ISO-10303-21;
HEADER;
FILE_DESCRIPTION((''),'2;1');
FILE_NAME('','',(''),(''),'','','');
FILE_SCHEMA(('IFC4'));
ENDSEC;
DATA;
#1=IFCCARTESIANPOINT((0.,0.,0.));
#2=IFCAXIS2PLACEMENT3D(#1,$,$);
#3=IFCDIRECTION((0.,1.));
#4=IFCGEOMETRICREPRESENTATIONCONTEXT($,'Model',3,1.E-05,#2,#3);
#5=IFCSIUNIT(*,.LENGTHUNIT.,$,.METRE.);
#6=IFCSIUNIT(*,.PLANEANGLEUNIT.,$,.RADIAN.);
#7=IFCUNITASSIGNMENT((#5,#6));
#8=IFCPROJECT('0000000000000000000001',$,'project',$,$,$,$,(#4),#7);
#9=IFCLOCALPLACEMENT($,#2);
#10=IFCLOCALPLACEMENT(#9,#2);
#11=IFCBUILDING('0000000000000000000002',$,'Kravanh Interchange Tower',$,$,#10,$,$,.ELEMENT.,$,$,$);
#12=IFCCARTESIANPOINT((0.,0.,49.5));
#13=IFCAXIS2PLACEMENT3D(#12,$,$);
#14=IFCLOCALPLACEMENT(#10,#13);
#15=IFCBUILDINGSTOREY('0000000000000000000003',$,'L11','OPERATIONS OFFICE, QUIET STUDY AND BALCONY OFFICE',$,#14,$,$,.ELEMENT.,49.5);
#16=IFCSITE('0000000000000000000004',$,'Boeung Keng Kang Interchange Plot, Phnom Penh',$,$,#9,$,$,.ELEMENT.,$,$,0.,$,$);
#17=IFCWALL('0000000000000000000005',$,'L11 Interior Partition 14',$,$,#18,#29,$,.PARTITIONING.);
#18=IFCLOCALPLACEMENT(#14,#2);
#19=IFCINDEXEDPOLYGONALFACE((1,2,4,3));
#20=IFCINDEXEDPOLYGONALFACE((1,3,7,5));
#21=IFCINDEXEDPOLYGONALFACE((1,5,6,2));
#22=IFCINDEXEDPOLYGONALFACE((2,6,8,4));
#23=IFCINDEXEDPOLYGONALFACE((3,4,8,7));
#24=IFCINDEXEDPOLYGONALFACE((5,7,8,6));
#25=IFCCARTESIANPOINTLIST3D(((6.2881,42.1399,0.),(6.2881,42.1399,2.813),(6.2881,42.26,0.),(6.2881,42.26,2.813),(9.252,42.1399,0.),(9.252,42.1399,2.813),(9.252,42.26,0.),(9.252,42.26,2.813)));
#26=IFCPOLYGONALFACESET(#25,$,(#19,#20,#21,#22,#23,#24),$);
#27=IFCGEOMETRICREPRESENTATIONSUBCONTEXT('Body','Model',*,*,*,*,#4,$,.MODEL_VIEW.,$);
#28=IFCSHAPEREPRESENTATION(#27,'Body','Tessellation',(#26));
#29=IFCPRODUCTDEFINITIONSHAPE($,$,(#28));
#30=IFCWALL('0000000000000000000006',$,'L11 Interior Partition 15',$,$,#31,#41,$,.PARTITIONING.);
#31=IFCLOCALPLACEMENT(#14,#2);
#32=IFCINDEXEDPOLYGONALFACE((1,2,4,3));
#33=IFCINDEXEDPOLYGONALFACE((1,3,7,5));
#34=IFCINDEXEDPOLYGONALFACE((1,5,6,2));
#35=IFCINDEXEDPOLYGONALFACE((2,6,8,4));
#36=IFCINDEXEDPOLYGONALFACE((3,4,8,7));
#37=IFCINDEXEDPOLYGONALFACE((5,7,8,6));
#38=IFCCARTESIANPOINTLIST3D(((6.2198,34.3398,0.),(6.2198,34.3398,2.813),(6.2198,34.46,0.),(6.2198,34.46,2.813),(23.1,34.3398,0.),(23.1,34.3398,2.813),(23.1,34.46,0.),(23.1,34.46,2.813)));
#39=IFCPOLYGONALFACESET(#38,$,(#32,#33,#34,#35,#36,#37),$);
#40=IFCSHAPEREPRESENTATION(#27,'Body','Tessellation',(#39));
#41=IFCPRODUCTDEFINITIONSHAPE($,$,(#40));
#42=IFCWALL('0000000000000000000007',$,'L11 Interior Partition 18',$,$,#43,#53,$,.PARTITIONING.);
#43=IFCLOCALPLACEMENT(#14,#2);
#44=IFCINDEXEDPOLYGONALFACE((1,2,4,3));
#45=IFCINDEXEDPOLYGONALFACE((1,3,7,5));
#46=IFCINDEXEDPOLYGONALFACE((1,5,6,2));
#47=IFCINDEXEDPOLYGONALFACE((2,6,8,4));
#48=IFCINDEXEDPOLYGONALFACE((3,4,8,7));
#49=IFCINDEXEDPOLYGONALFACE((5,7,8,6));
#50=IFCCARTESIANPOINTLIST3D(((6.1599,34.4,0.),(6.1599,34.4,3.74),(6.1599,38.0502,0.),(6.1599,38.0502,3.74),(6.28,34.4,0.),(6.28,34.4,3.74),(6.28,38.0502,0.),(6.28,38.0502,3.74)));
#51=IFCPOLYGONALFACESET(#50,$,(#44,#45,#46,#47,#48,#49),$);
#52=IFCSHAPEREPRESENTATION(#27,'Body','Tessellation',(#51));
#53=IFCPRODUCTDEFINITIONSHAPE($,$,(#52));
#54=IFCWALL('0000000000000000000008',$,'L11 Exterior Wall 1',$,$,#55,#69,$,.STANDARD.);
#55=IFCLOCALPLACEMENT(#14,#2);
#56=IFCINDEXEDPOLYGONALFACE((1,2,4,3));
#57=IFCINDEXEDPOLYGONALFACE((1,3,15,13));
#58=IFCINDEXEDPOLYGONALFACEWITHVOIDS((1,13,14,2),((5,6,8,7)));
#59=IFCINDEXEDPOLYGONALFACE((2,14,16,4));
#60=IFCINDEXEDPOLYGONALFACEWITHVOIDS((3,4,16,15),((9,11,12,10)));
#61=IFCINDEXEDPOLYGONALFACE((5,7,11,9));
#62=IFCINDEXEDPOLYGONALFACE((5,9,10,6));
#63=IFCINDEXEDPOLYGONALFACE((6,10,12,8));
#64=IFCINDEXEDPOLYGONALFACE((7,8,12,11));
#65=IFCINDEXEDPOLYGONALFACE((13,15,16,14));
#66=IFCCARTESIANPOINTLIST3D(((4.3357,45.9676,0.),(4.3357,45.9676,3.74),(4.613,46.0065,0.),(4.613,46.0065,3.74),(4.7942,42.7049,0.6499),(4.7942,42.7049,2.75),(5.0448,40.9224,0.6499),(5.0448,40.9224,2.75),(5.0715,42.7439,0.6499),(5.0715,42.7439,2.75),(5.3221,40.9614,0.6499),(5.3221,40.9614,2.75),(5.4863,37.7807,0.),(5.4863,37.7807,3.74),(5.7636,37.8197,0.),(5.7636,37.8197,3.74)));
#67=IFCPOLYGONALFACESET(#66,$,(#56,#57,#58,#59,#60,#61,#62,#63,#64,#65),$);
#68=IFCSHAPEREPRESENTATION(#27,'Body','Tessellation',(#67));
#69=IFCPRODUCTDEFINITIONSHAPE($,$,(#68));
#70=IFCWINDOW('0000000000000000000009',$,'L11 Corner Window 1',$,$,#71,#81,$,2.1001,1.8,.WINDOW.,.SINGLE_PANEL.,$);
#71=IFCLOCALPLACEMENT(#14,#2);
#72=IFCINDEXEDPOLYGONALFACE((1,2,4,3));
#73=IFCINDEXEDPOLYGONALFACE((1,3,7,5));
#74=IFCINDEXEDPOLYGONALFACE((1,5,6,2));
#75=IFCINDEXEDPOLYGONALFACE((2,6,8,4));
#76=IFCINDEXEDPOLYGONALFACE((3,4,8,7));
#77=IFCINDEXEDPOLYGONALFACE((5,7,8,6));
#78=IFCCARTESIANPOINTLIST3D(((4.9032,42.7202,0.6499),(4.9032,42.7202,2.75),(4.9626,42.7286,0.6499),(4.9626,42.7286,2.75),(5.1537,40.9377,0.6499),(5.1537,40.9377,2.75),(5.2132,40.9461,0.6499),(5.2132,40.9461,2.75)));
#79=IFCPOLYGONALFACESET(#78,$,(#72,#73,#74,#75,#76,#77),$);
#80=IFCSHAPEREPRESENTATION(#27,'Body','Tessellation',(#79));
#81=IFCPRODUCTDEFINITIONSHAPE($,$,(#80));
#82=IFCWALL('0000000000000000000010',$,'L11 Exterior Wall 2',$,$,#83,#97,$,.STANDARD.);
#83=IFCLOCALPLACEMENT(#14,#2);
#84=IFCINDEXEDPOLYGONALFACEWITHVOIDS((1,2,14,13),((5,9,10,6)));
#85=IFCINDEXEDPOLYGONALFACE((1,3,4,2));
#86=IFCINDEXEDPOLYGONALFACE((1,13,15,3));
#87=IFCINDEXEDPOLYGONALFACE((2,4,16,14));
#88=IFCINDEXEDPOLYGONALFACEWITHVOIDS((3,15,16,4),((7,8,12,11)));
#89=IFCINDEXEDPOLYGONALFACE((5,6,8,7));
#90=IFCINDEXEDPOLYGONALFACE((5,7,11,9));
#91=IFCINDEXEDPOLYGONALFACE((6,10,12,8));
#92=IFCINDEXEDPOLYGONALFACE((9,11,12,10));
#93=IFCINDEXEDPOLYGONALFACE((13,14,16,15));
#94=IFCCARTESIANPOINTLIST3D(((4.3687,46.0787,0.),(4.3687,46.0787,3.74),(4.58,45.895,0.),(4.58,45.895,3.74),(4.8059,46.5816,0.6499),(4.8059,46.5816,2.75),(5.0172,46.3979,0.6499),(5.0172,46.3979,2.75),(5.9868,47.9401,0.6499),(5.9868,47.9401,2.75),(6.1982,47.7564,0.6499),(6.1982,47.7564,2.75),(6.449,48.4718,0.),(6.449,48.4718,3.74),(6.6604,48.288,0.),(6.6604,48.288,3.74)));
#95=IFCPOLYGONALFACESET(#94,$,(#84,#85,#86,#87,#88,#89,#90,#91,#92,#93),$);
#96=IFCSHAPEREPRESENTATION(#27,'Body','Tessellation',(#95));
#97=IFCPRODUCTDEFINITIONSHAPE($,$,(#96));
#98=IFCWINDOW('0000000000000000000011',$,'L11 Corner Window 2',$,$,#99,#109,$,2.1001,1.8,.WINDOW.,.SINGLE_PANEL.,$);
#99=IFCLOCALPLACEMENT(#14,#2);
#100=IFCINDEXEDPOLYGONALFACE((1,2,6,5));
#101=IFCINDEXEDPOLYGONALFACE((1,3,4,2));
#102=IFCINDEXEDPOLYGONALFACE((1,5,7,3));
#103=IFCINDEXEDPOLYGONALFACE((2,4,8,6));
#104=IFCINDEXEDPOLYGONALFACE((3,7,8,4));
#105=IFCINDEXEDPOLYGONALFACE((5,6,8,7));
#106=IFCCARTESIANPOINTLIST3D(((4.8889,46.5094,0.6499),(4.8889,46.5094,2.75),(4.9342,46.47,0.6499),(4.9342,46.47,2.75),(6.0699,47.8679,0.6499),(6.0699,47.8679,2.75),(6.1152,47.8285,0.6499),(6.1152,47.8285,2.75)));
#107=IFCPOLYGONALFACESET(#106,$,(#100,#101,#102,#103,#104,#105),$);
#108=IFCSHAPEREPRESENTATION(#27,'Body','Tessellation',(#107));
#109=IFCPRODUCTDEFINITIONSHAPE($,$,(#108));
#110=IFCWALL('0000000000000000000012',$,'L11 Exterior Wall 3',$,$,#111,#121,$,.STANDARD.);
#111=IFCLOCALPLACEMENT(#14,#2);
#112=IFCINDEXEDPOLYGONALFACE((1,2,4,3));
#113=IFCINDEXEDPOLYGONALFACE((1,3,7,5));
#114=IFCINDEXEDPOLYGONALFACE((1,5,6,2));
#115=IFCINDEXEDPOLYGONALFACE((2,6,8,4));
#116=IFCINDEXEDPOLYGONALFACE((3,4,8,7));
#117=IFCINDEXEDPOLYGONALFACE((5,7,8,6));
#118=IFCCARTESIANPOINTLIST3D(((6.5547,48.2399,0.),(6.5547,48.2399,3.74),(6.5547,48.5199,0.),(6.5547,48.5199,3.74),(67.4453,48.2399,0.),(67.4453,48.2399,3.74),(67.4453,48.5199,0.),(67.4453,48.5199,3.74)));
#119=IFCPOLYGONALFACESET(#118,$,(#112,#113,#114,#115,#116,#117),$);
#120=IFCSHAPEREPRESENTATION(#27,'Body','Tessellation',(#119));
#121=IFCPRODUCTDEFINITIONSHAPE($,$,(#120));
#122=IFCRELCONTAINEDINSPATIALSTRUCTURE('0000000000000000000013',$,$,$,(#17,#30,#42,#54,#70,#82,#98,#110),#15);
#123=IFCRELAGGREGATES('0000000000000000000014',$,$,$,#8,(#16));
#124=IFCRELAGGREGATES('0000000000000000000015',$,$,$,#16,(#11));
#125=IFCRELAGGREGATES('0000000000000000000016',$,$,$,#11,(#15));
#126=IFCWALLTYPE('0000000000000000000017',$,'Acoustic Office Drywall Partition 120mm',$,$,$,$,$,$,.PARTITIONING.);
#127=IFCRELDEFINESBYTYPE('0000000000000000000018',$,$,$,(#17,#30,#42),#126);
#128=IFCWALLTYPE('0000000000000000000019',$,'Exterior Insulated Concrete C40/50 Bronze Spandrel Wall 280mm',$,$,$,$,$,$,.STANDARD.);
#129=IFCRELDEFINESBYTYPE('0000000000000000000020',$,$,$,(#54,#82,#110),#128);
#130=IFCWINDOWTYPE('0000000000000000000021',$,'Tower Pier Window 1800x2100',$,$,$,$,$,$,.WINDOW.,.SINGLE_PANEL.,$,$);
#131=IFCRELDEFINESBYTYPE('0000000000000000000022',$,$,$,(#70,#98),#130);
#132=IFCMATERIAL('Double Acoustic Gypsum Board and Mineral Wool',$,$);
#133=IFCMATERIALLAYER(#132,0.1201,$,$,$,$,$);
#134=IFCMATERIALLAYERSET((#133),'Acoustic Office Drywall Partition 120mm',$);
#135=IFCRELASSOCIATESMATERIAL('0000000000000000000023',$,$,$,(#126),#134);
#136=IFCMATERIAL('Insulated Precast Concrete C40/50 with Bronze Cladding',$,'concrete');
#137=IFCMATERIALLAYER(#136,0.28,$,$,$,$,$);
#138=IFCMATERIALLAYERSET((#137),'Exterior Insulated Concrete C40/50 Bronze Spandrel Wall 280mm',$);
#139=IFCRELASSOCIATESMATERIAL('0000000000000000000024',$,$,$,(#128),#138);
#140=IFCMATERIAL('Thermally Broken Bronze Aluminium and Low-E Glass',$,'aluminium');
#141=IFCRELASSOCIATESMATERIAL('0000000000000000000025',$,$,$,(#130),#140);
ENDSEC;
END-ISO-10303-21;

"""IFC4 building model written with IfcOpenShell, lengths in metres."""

from ifc_helpers import new_model, si_unit, direction, frame, frame_2d, origin, place, context, subcontext, project, spatial, rectangle, extrude, material, layer, layer_set, type_object, element, fill, save


model = new_model("IFC4")

# Units and contexts
model_context = context("Model", 3, precision=1e-05, world=origin(), true_north=direction((0.0, 1.0)))
body_context = subcontext(model_context, "Body", "Model", "MODEL_VIEW")
ifc_project = project(units=[si_unit("LENGTHUNIT", "METRE"), si_unit("PLANEANGLEUNIT", "RADIAN")], contexts=[model_context])

# Site, building, storey
site_placement = place(None, origin())
site = spatial("IfcSite", under=ifc_project, at=site_placement, Name="Boeung Keng Kang Interchange Plot, Phnom Penh", CompositionType="ELEMENT", RefElevation=0.0)
building_placement = place(site_placement, origin())
building = spatial("IfcBuilding", under=site, at=building_placement, Name="Kravanh Interchange Tower", CompositionType="ELEMENT")
storey_placement = place(building_placement, frame((0.0, 0.0, 49.5)))
storey = spatial("IfcBuildingStorey", under=building, at=storey_placement, Name="L11", Description="OPERATIONS OFFICE, QUIET STUDY AND BALCONY OFFICE", CompositionType="ELEMENT", Elevation=49.5)

# Shared definitions
ifc_material_1 = material(Name="Double Acoustic Gypsum Board and Mineral Wool")
ifc_layer_1 = layer(ifc_material_1, 0.1201)
ifc_layer_set_1 = layer_set([ifc_layer_1], Name="Acoustic Office Drywall Partition 120mm")
wall_type_1 = type_object("IfcWallType", Name="Acoustic Office Drywall Partition 120mm", PredefinedType="PARTITIONING", material=ifc_layer_set_1)

# Walls
wall_1_placement = place(storey_placement, frame((6.2881, 42.2, 0.0), z_axis=(0.0, 0.0, 1.0), x_axis=(1.0, 0.0, 0.0)))
element("IfcWall", 1, at=wall_1_placement, inside=storey, type_object=wall_type_1, Name="L11 Interior Partition 14", PredefinedType="PARTITIONING", context=body_context, shape_type="SweptSolid", body=[
    extrude(rectangle(XDim=2.9639, YDim=0.1201, at=frame_2d((1.4819, 0.0))), origin(), (0.0, 0.0, 1.0), 2.813),
])
wall_2_placement = place(storey_placement, frame((6.22, 34.3999, 0.0), z_axis=(0.0, 0.0, 1.0), x_axis=(1.0, 0.0, 0.0)))
element("IfcWall", 2, at=wall_2_placement, inside=storey, type_object=wall_type_1, Name="L11 Interior Partition 15", PredefinedType="PARTITIONING", context=body_context, shape_type="SweptSolid", body=[
    extrude(rectangle(XDim=16.8801, YDim=0.1201, at=frame_2d((8.4399, 0.0))), origin(), (0.0, 0.0, 1.0), 2.813),
])
wall_3_placement = place(storey_placement, frame((6.22, 34.3999, 0.0), z_axis=(0.0, 0.0, 1.0), x_axis=(0.0, 1.0, 0.0)))
element("IfcWall", 3, at=wall_3_placement, inside=storey, type_object=wall_type_1, Name="L11 Interior Partition 18", PredefinedType="PARTITIONING", context=body_context, shape_type="SweptSolid", body=[
    extrude(rectangle(XDim=3.6501, YDim=0.1201, at=frame_2d((1.8252, 0.0))), origin(), (0.0, 0.0, 1.0), 3.74),
])

# Walls, openings, windows
ifc_material_2 = material(Name="Insulated Precast Concrete C40/50 with Bronze Cladding", Category="concrete")
ifc_layer_2 = layer(ifc_material_2, 0.28)
ifc_layer_set_2 = layer_set([ifc_layer_2], Name="Exterior Insulated Concrete C40/50 Bronze Spandrel Wall 280mm")
wall_type_2 = type_object("IfcWallType", Name="Exterior Insulated Concrete C40/50 Bronze Spandrel Wall 280mm", PredefinedType="STANDARD", material=ifc_layer_set_2)
wall_4_placement = place(storey_placement, frame((5.625, 37.8, 0.0), z_axis=(0.0, 0.0, 1.0), x_axis=(-0.13918, 0.990267, 0.0)))
wall_4 = element("IfcWall", 4, at=wall_4_placement, inside=storey, type_object=wall_type_2, Name="L11 Exterior Wall 1", PredefinedType="STANDARD", context=body_context, shape_type="SweptSolid", body=[
    extrude(rectangle(XDim=8.2673, YDim=0.28, at=frame_2d((4.1338, 0.0))), origin(), (0.0, 0.0, 1.0), 3.74),
])
opening_1_placement = place(wall_4_placement, frame((3.1729, 0.0, 0.6499)))
opening_1 = element("IfcOpeningElement", 5, at=opening_1_placement, cuts=wall_4, PredefinedType="OPENING", context=body_context, shape_type="SweptSolid", body=[
    extrude(rectangle(XDim=1.8, YDim=2.1001, at=frame_2d((0.8999, 1.05))), frame((0.0, 0.1499, 0.0), z_axis=(0.0, -1.0, 0.0), x_axis=(1.0, 0.0, 0.0)), (0.0, 0.0, 1.0), 0.3),
])
ifc_material_3 = material(Name="Thermally Broken Bronze Aluminium and Low-E Glass", Category="aluminium")
window_type = type_object("IfcWindowType", Name="Tower Pier Window 1800x2100", PartitioningType="SINGLE_PANEL", PredefinedType="WINDOW", material=ifc_material_3)
window_1_placement = place(opening_1_placement, origin())
window_1 = element("IfcWindow", 6, at=window_1_placement, inside=storey, type_object=window_type, Name="L11 Corner Window 1", OverallHeight=2.1001, OverallWidth=1.8, PartitioningType="SINGLE_PANEL", PredefinedType="WINDOW", context=body_context, shape_type="SweptSolid", body=[
    extrude(rectangle(XDim=1.8, YDim=2.1001, at=frame_2d((0.8999, 1.05))), frame((0.0, 0.03, 0.0), z_axis=(0.0, -1.0, 0.0), x_axis=(1.0, 0.0, 0.0)), (0.0, 0.0, 1.0), 0.0601),
])
fill(opening_1, window_1)
wall_5_placement = place(storey_placement, frame((4.4744, 45.9868, 0.0), z_axis=(0.0, 0.0, 1.0), x_axis=(0.65607, 0.7547, 0.0)))
wall_5 = element("IfcWall", 7, at=wall_5_placement, inside=storey, type_object=wall_type_2, Name="L11 Exterior Wall 2", PredefinedType="STANDARD", context=body_context, shape_type="SweptSolid", body=[
    extrude(rectangle(XDim=3.1709, YDim=0.28, at=frame_2d((1.5854, 0.0))), origin(), (0.0, 0.0, 1.0), 3.74),
])
opening_2_placement = place(wall_5_placement, frame((0.6665, 0.0, 0.6499)))
opening_2 = element("IfcOpeningElement", 8, at=opening_2_placement, cuts=wall_5, PredefinedType="OPENING", context=body_context, shape_type="SweptSolid", body=[
    extrude(rectangle(XDim=1.8, YDim=2.1001, at=frame_2d((0.8999, 1.05))), frame((0.0, 0.1499, 0.0), z_axis=(0.0, -1.0, 0.0), x_axis=(1.0, 0.0, 0.0)), (0.0, 0.0, 1.0), 0.3),
])
window_2_placement = place(opening_2_placement, origin())
window_2 = element("IfcWindow", 9, at=window_2_placement, inside=storey, type_object=window_type, Name="L11 Corner Window 2", OverallHeight=2.1001, OverallWidth=1.8, PartitioningType="SINGLE_PANEL", PredefinedType="WINDOW", context=body_context, shape_type="SweptSolid", body=[
    extrude(rectangle(XDim=1.8, YDim=2.1001, at=frame_2d((0.8999, 1.05))), frame((0.0, 0.03, 0.0), z_axis=(0.0, -1.0, 0.0), x_axis=(1.0, 0.0, 0.0)), (0.0, 0.0, 1.0), 0.0601),
])
fill(opening_2, window_2)

# Wall
wall_6_placement = place(storey_placement, frame((6.5547, 48.3799, 0.0), z_axis=(0.0, 0.0, 1.0), x_axis=(1.0, 0.0, 0.0)))
element("IfcWall", 10, at=wall_6_placement, inside=storey, type_object=wall_type_2, Name="L11 Exterior Wall 3", PredefinedType="STANDARD", context=body_context, shape_type="SweptSolid", body=[
    extrude(rectangle(XDim=60.8906, YDim=0.28, at=frame_2d((30.4453, 0.0))), origin(), (0.0, 0.0, 1.0), 3.74),
])

save(model, "model.ifc")
